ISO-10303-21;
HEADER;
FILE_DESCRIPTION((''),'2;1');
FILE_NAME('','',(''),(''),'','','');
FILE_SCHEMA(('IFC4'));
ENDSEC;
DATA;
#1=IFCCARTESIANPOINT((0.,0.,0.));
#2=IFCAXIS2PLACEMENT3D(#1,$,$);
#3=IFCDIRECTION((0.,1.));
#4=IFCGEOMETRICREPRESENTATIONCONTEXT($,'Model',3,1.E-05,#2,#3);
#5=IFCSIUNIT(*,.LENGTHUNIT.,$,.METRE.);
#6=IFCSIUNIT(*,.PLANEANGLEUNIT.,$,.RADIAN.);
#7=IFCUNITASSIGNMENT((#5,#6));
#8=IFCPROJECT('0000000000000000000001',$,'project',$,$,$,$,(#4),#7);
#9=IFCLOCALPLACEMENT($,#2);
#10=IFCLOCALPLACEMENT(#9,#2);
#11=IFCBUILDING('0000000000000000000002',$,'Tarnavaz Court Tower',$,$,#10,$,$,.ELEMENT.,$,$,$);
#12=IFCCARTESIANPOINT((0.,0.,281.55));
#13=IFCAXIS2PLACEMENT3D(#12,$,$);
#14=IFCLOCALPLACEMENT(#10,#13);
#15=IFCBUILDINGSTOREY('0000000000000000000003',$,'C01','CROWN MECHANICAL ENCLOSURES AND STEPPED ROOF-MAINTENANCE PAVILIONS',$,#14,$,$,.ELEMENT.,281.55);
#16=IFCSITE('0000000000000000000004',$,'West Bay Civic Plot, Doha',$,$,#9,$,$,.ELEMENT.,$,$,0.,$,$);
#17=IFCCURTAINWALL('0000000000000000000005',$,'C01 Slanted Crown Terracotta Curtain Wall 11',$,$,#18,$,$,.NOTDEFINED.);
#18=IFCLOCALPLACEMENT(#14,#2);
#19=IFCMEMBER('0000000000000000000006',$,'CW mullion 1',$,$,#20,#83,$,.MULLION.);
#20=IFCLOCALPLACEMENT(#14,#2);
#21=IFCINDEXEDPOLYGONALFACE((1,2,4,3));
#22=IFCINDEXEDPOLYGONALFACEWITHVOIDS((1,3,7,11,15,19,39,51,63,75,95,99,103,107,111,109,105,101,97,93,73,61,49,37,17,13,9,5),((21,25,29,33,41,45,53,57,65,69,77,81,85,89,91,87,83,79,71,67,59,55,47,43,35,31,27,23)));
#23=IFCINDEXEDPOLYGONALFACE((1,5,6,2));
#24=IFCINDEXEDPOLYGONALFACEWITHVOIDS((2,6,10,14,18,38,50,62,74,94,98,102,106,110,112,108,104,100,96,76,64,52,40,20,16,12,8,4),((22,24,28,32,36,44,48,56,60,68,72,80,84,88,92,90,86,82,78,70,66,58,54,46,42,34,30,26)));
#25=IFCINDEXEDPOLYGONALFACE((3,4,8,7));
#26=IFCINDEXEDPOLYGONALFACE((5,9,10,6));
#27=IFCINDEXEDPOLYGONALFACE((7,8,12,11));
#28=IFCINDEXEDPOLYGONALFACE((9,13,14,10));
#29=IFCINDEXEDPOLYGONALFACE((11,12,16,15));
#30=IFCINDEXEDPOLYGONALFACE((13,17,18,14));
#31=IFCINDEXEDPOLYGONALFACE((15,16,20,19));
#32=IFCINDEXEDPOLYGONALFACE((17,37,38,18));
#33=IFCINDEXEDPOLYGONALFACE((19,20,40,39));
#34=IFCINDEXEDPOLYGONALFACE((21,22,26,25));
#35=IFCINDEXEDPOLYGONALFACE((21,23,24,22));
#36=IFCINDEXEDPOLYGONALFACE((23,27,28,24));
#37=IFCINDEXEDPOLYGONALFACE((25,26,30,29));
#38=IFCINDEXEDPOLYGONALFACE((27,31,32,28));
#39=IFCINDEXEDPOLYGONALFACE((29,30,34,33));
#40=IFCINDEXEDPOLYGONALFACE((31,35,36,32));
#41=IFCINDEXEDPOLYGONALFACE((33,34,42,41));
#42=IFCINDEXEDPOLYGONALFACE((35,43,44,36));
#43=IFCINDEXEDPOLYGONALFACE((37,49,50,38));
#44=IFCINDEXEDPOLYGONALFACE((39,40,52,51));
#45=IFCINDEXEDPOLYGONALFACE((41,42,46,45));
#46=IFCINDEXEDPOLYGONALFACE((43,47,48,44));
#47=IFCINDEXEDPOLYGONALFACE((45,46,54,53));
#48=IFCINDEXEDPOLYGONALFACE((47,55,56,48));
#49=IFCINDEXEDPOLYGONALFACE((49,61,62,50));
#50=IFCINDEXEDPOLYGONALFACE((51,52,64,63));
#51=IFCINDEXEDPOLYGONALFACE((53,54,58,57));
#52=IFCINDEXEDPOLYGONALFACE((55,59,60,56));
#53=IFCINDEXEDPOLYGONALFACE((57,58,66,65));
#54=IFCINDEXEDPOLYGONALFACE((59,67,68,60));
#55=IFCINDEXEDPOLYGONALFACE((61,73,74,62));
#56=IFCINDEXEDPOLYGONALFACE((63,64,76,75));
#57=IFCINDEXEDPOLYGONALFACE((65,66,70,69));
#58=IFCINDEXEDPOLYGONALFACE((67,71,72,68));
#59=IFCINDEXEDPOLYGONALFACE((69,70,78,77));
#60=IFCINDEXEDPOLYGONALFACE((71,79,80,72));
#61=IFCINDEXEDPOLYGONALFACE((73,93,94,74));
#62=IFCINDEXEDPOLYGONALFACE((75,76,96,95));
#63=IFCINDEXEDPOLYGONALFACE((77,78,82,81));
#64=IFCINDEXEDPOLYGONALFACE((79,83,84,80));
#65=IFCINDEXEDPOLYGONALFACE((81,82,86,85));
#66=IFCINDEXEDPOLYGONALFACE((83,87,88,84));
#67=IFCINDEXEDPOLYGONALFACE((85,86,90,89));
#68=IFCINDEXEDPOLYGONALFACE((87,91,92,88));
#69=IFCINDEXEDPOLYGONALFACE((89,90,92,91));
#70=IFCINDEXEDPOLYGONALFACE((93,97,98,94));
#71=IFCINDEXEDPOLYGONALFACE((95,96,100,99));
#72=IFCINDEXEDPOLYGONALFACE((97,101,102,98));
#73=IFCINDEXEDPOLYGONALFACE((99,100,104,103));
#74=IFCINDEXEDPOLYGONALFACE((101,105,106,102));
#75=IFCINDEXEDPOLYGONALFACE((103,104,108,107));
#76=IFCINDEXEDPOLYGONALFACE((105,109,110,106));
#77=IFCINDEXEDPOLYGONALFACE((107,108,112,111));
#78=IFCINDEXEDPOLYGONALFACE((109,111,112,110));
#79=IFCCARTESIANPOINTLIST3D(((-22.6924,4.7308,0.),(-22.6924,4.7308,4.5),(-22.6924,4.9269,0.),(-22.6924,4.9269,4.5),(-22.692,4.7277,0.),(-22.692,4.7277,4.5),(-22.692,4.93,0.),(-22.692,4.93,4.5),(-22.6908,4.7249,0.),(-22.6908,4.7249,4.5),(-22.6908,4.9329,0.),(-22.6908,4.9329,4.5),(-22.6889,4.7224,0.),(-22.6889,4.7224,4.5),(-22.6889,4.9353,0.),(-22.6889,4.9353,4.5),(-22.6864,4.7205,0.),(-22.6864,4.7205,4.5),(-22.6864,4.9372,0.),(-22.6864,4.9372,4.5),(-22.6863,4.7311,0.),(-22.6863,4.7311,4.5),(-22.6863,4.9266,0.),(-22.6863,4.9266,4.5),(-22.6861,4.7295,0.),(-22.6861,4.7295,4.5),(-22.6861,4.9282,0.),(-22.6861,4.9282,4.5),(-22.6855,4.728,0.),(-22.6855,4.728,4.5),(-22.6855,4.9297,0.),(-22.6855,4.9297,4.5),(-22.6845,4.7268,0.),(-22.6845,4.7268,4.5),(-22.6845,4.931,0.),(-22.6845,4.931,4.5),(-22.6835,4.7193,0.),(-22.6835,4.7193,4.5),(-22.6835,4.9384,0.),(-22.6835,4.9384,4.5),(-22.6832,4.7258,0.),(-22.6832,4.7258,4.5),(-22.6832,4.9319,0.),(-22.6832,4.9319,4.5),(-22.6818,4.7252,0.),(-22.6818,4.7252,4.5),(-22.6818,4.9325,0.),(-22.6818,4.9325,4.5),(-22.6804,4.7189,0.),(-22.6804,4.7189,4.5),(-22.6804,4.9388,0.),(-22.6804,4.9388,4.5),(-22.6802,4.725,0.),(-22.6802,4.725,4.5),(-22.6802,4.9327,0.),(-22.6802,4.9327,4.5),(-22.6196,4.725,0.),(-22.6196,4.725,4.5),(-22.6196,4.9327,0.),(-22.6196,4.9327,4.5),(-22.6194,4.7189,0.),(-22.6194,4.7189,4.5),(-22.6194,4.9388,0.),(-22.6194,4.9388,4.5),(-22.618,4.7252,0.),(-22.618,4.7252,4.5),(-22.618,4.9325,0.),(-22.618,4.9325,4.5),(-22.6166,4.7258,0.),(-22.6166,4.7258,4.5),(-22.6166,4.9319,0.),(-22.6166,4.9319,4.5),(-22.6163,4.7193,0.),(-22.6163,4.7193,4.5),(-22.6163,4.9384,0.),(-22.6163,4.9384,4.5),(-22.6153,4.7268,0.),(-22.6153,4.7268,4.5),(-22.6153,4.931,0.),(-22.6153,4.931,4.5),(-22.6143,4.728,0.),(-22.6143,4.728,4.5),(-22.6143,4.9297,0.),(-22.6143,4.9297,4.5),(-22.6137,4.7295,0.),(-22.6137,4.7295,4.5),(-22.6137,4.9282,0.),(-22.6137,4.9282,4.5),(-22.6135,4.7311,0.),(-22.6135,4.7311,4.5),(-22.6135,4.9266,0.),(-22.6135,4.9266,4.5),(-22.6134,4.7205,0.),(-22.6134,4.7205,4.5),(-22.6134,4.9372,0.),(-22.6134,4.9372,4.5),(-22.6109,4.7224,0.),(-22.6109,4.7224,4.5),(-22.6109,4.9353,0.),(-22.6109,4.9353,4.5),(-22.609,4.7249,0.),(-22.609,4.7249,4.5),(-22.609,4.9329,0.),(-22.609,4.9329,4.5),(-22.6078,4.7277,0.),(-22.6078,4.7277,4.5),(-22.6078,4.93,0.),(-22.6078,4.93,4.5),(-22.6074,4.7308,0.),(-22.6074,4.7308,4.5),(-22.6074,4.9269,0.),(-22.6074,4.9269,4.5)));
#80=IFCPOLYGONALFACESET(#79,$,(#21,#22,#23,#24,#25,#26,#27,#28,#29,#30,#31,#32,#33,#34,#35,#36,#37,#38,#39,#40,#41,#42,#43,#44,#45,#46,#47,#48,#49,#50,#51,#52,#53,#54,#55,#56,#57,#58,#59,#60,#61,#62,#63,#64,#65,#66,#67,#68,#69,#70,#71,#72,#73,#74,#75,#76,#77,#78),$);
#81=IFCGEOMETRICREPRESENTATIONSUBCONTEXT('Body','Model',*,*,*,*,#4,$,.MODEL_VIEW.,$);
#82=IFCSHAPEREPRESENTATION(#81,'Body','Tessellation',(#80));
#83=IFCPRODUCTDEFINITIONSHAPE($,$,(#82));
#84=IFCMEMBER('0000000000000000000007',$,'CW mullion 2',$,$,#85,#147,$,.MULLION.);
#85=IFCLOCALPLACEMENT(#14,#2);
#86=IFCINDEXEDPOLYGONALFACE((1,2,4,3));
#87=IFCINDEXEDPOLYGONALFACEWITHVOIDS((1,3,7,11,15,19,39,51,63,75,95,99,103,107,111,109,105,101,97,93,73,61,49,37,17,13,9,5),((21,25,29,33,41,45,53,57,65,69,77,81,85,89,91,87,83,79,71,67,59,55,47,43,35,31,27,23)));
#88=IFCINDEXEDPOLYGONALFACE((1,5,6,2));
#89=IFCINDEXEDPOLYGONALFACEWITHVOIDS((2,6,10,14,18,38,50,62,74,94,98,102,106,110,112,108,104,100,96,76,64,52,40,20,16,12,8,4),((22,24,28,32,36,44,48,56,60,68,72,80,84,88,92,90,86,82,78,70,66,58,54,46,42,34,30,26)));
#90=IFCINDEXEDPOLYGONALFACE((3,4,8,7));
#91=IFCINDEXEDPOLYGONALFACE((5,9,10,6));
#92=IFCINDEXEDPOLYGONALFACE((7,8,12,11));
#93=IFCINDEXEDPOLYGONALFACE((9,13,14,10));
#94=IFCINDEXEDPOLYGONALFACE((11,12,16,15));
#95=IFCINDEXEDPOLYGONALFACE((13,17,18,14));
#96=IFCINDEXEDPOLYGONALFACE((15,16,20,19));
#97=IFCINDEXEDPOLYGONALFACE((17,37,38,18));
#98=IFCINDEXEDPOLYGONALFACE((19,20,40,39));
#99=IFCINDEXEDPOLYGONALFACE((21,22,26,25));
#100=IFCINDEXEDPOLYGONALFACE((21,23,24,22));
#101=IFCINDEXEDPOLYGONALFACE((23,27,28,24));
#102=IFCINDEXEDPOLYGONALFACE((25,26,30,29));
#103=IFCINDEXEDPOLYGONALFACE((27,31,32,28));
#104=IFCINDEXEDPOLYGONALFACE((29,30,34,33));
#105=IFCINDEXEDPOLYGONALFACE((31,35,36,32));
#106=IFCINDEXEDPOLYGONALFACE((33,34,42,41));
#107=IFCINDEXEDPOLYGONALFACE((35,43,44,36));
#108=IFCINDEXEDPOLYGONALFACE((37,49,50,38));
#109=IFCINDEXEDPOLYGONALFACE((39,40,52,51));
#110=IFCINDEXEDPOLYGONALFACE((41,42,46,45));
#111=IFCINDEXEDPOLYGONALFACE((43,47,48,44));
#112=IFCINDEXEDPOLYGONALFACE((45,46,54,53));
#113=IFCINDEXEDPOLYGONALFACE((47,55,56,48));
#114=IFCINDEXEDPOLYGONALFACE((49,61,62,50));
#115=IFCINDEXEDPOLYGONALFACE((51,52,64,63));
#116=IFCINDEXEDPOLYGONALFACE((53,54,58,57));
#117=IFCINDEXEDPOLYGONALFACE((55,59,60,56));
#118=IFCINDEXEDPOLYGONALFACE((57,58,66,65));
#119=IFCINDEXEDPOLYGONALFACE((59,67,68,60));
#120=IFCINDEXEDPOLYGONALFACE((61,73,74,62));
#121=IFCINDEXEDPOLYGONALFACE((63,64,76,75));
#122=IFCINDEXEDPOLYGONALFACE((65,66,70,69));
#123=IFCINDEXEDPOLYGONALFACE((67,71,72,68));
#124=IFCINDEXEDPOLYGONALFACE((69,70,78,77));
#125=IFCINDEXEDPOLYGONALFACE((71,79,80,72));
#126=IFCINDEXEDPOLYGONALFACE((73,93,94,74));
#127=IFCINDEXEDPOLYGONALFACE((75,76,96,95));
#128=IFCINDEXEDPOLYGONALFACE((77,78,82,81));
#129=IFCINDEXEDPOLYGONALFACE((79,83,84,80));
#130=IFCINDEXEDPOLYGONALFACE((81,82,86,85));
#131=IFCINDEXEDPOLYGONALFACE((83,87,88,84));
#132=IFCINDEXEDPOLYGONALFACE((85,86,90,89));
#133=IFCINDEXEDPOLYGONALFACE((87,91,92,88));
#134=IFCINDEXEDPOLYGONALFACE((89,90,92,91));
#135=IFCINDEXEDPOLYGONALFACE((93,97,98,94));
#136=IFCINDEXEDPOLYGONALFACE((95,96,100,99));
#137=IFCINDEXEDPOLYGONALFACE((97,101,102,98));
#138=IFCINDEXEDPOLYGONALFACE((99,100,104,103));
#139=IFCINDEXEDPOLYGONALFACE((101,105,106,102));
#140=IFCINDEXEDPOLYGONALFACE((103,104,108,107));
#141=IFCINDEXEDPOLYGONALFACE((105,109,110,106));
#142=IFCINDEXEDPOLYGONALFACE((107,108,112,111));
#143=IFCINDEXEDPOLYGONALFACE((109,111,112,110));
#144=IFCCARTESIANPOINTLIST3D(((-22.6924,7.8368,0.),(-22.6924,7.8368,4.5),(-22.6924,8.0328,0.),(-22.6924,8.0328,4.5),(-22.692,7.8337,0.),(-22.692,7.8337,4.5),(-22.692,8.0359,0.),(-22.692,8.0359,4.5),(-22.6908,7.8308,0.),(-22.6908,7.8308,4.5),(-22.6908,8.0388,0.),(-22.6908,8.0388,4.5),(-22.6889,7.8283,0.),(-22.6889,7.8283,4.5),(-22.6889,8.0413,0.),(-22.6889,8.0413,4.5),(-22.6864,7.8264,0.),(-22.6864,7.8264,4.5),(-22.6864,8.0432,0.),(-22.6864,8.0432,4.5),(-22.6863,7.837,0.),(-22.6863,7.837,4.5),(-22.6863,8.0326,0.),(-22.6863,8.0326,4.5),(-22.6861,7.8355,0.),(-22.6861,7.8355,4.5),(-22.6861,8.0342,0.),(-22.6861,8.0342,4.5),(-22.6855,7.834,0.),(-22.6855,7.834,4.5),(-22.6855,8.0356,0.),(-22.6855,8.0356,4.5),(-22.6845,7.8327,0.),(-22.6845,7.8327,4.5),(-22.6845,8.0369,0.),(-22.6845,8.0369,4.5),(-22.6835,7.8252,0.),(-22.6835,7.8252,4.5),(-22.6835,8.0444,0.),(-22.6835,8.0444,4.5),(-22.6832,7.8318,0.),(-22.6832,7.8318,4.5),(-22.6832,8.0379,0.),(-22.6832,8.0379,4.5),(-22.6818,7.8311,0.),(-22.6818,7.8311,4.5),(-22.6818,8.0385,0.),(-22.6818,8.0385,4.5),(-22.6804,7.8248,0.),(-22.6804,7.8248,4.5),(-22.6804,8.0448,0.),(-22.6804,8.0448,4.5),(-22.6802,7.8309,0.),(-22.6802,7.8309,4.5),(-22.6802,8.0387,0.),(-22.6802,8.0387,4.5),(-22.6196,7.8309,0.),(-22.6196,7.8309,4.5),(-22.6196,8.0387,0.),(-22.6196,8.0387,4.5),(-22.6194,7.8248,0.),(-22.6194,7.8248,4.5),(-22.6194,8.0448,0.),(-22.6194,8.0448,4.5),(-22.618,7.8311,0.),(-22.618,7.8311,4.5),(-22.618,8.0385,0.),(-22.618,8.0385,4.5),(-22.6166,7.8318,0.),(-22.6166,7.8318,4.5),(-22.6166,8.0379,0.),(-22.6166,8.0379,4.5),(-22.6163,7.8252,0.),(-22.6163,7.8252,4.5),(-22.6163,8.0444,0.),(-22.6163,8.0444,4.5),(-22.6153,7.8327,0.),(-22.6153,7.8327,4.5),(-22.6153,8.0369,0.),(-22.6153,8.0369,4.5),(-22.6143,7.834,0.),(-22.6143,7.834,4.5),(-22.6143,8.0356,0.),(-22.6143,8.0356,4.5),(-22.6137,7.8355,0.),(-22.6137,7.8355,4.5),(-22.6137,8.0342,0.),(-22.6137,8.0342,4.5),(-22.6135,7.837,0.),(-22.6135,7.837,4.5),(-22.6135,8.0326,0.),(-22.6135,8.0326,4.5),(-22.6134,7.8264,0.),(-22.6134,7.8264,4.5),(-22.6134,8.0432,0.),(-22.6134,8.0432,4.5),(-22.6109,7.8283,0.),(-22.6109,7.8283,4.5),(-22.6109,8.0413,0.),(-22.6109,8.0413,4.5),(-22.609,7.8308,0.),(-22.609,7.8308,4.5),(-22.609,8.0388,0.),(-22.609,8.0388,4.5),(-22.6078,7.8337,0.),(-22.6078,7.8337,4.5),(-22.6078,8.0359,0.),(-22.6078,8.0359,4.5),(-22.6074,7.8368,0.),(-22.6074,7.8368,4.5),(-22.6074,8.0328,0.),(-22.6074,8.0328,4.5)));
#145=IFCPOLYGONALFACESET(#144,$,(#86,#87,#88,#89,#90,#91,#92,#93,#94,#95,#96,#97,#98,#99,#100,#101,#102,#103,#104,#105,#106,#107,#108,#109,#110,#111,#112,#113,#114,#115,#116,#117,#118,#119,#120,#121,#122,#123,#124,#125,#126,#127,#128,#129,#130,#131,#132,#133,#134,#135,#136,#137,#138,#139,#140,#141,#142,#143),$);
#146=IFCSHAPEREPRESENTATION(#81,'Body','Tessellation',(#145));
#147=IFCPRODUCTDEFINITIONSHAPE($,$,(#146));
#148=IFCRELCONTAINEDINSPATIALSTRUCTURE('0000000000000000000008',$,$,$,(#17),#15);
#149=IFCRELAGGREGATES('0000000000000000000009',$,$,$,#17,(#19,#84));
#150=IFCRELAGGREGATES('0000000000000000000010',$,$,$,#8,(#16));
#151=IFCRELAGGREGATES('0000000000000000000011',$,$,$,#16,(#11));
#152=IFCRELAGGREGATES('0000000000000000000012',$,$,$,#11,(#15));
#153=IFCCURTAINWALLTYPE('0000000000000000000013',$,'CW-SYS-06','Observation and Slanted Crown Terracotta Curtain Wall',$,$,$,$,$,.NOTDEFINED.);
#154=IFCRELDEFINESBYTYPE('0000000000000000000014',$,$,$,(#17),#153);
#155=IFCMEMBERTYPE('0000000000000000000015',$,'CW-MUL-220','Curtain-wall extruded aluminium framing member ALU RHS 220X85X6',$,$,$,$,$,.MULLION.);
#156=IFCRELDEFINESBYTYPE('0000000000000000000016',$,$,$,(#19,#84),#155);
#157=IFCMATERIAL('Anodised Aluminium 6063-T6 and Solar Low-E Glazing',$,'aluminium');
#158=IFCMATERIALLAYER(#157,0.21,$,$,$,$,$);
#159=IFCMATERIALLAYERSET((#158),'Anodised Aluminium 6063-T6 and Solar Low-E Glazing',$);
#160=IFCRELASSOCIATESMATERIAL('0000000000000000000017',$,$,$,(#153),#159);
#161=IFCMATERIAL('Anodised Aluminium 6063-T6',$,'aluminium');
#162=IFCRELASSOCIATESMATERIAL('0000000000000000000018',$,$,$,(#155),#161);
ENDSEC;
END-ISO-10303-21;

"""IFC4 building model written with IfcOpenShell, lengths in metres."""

from ifc_helpers import new_model, si_unit, direction, frame, origin, origin_2d, place, context, subcontext, project, spatial, hollow_rectangle, extrude, material, layer, layer_set, material_profile, profile_set, type_object, element, aggregate, save


model = new_model("IFC4")

# Units and contexts
model_context = context("Model", 3, precision=1e-05, world=origin(), true_north=direction((0.0, 1.0)))
body_context = subcontext(model_context, "Body", "Model", "MODEL_VIEW")
ifc_project = project(units=[si_unit("LENGTHUNIT", "METRE"), si_unit("PLANEANGLEUNIT", "RADIAN")], contexts=[model_context])

# Site, building, storey
site_placement = place(None, origin())
site = spatial("IfcSite", under=ifc_project, at=site_placement, Name="West Bay Civic Plot, Doha", CompositionType="ELEMENT", RefElevation=0.0)
building_placement = place(site_placement, origin())
building = spatial("IfcBuilding", under=site, at=building_placement, Name="Tarnavaz Court Tower", CompositionType="ELEMENT")
storey_placement = place(building_placement, frame((0.0, 0.0, 281.55)))
storey = spatial("IfcBuildingStorey", under=building, at=storey_placement, Name="C01", Description="CROWN MECHANICAL ENCLOSURES AND STEPPED ROOF-MAINTENANCE PAVILIONS", CompositionType="ELEMENT", Elevation=281.55)

# Shared definitions
ifc_material_1 = material(Name="Anodised Aluminium 6063-T6 and Solar Low-E Glazing", Category="aluminium")
ifc_layer_1 = layer(ifc_material_1, 0.21)
ifc_layer_set_1 = layer_set([ifc_layer_1], Name="Anodised Aluminium 6063-T6 and Solar Low-E Glazing")
curtain_wall_type = type_object("IfcCurtainWallType", Name="CW-SYS-06", Description="Observation and Slanted Crown Terracotta Curtain Wall", PredefinedType="NOTDEFINED", material=ifc_layer_set_1)
ifc_material_2 = material(Name="Anodised Aluminium 6063-T6", Category="aluminium")
ifc_material_profile_1 = material_profile(ifc_material_2, hollow_rectangle(XDim=0.085, YDim=0.22, WallThickness=0.0061, InnerFilletRadius=0.0061, OuterFilletRadius=0.012, at=origin_2d()), Name="ALU RHS 220X85X6")
ifc_profile_set_1 = profile_set([ifc_material_profile_1], Name="Anodised Aluminium 6063-T6")
member_type_1 = type_object("IfcMemberType", Name="CW-MUL-220", Description="Curtain-wall extruded aluminium framing member ALU RHS 220X85X6", PredefinedType="MULLION", material=ifc_profile_set_1)

# Curtain wall, members
curtain_wall_1_placement = place(storey_placement, origin())
curtain_wall_1 = element("IfcCurtainWall", 1, at=curtain_wall_1_placement, inside=storey, type_object=curtain_wall_type, Name="C01 Slanted Crown Terracotta Curtain Wall 11", PredefinedType="NOTDEFINED")
member_1_placement = place(storey_placement, frame((-22.6499, 4.8289, 0.0), z_axis=(0.0, 0.0, 1.0), x_axis=(-1.0, 0.0, 0.0)))
member_1 = element("IfcMember", 2, at=member_1_placement, type_object=member_type_1, Name="CW mullion 1", PredefinedType="MULLION", context=body_context, shape_type="SweptSolid", body=[
    extrude(hollow_rectangle(XDim=0.085, YDim=0.22, WallThickness=0.0061, InnerFilletRadius=0.0061, OuterFilletRadius=0.012, at=origin_2d()), origin(), (0.0, 0.0, 1.0), 4.5),
])
member_2_placement = place(storey_placement, frame((-22.6499, 7.9348, 0.0), z_axis=(0.0, 0.0, 1.0), x_axis=(-1.0, 0.0, 0.0)))
member_2 = element("IfcMember", 3, at=member_2_placement, type_object=member_type_1, Name="CW mullion 2", PredefinedType="MULLION", context=body_context, shape_type="SweptSolid", body=[
    extrude(hollow_rectangle(XDim=0.085, YDim=0.22, WallThickness=0.0061, InnerFilletRadius=0.0061, OuterFilletRadius=0.012, at=origin_2d()), origin(), (0.0, 0.0, 1.0), 4.5),
])

aggregate(curtain_wall_1, [member_1, member_2])

save(model, "model.ifc")
